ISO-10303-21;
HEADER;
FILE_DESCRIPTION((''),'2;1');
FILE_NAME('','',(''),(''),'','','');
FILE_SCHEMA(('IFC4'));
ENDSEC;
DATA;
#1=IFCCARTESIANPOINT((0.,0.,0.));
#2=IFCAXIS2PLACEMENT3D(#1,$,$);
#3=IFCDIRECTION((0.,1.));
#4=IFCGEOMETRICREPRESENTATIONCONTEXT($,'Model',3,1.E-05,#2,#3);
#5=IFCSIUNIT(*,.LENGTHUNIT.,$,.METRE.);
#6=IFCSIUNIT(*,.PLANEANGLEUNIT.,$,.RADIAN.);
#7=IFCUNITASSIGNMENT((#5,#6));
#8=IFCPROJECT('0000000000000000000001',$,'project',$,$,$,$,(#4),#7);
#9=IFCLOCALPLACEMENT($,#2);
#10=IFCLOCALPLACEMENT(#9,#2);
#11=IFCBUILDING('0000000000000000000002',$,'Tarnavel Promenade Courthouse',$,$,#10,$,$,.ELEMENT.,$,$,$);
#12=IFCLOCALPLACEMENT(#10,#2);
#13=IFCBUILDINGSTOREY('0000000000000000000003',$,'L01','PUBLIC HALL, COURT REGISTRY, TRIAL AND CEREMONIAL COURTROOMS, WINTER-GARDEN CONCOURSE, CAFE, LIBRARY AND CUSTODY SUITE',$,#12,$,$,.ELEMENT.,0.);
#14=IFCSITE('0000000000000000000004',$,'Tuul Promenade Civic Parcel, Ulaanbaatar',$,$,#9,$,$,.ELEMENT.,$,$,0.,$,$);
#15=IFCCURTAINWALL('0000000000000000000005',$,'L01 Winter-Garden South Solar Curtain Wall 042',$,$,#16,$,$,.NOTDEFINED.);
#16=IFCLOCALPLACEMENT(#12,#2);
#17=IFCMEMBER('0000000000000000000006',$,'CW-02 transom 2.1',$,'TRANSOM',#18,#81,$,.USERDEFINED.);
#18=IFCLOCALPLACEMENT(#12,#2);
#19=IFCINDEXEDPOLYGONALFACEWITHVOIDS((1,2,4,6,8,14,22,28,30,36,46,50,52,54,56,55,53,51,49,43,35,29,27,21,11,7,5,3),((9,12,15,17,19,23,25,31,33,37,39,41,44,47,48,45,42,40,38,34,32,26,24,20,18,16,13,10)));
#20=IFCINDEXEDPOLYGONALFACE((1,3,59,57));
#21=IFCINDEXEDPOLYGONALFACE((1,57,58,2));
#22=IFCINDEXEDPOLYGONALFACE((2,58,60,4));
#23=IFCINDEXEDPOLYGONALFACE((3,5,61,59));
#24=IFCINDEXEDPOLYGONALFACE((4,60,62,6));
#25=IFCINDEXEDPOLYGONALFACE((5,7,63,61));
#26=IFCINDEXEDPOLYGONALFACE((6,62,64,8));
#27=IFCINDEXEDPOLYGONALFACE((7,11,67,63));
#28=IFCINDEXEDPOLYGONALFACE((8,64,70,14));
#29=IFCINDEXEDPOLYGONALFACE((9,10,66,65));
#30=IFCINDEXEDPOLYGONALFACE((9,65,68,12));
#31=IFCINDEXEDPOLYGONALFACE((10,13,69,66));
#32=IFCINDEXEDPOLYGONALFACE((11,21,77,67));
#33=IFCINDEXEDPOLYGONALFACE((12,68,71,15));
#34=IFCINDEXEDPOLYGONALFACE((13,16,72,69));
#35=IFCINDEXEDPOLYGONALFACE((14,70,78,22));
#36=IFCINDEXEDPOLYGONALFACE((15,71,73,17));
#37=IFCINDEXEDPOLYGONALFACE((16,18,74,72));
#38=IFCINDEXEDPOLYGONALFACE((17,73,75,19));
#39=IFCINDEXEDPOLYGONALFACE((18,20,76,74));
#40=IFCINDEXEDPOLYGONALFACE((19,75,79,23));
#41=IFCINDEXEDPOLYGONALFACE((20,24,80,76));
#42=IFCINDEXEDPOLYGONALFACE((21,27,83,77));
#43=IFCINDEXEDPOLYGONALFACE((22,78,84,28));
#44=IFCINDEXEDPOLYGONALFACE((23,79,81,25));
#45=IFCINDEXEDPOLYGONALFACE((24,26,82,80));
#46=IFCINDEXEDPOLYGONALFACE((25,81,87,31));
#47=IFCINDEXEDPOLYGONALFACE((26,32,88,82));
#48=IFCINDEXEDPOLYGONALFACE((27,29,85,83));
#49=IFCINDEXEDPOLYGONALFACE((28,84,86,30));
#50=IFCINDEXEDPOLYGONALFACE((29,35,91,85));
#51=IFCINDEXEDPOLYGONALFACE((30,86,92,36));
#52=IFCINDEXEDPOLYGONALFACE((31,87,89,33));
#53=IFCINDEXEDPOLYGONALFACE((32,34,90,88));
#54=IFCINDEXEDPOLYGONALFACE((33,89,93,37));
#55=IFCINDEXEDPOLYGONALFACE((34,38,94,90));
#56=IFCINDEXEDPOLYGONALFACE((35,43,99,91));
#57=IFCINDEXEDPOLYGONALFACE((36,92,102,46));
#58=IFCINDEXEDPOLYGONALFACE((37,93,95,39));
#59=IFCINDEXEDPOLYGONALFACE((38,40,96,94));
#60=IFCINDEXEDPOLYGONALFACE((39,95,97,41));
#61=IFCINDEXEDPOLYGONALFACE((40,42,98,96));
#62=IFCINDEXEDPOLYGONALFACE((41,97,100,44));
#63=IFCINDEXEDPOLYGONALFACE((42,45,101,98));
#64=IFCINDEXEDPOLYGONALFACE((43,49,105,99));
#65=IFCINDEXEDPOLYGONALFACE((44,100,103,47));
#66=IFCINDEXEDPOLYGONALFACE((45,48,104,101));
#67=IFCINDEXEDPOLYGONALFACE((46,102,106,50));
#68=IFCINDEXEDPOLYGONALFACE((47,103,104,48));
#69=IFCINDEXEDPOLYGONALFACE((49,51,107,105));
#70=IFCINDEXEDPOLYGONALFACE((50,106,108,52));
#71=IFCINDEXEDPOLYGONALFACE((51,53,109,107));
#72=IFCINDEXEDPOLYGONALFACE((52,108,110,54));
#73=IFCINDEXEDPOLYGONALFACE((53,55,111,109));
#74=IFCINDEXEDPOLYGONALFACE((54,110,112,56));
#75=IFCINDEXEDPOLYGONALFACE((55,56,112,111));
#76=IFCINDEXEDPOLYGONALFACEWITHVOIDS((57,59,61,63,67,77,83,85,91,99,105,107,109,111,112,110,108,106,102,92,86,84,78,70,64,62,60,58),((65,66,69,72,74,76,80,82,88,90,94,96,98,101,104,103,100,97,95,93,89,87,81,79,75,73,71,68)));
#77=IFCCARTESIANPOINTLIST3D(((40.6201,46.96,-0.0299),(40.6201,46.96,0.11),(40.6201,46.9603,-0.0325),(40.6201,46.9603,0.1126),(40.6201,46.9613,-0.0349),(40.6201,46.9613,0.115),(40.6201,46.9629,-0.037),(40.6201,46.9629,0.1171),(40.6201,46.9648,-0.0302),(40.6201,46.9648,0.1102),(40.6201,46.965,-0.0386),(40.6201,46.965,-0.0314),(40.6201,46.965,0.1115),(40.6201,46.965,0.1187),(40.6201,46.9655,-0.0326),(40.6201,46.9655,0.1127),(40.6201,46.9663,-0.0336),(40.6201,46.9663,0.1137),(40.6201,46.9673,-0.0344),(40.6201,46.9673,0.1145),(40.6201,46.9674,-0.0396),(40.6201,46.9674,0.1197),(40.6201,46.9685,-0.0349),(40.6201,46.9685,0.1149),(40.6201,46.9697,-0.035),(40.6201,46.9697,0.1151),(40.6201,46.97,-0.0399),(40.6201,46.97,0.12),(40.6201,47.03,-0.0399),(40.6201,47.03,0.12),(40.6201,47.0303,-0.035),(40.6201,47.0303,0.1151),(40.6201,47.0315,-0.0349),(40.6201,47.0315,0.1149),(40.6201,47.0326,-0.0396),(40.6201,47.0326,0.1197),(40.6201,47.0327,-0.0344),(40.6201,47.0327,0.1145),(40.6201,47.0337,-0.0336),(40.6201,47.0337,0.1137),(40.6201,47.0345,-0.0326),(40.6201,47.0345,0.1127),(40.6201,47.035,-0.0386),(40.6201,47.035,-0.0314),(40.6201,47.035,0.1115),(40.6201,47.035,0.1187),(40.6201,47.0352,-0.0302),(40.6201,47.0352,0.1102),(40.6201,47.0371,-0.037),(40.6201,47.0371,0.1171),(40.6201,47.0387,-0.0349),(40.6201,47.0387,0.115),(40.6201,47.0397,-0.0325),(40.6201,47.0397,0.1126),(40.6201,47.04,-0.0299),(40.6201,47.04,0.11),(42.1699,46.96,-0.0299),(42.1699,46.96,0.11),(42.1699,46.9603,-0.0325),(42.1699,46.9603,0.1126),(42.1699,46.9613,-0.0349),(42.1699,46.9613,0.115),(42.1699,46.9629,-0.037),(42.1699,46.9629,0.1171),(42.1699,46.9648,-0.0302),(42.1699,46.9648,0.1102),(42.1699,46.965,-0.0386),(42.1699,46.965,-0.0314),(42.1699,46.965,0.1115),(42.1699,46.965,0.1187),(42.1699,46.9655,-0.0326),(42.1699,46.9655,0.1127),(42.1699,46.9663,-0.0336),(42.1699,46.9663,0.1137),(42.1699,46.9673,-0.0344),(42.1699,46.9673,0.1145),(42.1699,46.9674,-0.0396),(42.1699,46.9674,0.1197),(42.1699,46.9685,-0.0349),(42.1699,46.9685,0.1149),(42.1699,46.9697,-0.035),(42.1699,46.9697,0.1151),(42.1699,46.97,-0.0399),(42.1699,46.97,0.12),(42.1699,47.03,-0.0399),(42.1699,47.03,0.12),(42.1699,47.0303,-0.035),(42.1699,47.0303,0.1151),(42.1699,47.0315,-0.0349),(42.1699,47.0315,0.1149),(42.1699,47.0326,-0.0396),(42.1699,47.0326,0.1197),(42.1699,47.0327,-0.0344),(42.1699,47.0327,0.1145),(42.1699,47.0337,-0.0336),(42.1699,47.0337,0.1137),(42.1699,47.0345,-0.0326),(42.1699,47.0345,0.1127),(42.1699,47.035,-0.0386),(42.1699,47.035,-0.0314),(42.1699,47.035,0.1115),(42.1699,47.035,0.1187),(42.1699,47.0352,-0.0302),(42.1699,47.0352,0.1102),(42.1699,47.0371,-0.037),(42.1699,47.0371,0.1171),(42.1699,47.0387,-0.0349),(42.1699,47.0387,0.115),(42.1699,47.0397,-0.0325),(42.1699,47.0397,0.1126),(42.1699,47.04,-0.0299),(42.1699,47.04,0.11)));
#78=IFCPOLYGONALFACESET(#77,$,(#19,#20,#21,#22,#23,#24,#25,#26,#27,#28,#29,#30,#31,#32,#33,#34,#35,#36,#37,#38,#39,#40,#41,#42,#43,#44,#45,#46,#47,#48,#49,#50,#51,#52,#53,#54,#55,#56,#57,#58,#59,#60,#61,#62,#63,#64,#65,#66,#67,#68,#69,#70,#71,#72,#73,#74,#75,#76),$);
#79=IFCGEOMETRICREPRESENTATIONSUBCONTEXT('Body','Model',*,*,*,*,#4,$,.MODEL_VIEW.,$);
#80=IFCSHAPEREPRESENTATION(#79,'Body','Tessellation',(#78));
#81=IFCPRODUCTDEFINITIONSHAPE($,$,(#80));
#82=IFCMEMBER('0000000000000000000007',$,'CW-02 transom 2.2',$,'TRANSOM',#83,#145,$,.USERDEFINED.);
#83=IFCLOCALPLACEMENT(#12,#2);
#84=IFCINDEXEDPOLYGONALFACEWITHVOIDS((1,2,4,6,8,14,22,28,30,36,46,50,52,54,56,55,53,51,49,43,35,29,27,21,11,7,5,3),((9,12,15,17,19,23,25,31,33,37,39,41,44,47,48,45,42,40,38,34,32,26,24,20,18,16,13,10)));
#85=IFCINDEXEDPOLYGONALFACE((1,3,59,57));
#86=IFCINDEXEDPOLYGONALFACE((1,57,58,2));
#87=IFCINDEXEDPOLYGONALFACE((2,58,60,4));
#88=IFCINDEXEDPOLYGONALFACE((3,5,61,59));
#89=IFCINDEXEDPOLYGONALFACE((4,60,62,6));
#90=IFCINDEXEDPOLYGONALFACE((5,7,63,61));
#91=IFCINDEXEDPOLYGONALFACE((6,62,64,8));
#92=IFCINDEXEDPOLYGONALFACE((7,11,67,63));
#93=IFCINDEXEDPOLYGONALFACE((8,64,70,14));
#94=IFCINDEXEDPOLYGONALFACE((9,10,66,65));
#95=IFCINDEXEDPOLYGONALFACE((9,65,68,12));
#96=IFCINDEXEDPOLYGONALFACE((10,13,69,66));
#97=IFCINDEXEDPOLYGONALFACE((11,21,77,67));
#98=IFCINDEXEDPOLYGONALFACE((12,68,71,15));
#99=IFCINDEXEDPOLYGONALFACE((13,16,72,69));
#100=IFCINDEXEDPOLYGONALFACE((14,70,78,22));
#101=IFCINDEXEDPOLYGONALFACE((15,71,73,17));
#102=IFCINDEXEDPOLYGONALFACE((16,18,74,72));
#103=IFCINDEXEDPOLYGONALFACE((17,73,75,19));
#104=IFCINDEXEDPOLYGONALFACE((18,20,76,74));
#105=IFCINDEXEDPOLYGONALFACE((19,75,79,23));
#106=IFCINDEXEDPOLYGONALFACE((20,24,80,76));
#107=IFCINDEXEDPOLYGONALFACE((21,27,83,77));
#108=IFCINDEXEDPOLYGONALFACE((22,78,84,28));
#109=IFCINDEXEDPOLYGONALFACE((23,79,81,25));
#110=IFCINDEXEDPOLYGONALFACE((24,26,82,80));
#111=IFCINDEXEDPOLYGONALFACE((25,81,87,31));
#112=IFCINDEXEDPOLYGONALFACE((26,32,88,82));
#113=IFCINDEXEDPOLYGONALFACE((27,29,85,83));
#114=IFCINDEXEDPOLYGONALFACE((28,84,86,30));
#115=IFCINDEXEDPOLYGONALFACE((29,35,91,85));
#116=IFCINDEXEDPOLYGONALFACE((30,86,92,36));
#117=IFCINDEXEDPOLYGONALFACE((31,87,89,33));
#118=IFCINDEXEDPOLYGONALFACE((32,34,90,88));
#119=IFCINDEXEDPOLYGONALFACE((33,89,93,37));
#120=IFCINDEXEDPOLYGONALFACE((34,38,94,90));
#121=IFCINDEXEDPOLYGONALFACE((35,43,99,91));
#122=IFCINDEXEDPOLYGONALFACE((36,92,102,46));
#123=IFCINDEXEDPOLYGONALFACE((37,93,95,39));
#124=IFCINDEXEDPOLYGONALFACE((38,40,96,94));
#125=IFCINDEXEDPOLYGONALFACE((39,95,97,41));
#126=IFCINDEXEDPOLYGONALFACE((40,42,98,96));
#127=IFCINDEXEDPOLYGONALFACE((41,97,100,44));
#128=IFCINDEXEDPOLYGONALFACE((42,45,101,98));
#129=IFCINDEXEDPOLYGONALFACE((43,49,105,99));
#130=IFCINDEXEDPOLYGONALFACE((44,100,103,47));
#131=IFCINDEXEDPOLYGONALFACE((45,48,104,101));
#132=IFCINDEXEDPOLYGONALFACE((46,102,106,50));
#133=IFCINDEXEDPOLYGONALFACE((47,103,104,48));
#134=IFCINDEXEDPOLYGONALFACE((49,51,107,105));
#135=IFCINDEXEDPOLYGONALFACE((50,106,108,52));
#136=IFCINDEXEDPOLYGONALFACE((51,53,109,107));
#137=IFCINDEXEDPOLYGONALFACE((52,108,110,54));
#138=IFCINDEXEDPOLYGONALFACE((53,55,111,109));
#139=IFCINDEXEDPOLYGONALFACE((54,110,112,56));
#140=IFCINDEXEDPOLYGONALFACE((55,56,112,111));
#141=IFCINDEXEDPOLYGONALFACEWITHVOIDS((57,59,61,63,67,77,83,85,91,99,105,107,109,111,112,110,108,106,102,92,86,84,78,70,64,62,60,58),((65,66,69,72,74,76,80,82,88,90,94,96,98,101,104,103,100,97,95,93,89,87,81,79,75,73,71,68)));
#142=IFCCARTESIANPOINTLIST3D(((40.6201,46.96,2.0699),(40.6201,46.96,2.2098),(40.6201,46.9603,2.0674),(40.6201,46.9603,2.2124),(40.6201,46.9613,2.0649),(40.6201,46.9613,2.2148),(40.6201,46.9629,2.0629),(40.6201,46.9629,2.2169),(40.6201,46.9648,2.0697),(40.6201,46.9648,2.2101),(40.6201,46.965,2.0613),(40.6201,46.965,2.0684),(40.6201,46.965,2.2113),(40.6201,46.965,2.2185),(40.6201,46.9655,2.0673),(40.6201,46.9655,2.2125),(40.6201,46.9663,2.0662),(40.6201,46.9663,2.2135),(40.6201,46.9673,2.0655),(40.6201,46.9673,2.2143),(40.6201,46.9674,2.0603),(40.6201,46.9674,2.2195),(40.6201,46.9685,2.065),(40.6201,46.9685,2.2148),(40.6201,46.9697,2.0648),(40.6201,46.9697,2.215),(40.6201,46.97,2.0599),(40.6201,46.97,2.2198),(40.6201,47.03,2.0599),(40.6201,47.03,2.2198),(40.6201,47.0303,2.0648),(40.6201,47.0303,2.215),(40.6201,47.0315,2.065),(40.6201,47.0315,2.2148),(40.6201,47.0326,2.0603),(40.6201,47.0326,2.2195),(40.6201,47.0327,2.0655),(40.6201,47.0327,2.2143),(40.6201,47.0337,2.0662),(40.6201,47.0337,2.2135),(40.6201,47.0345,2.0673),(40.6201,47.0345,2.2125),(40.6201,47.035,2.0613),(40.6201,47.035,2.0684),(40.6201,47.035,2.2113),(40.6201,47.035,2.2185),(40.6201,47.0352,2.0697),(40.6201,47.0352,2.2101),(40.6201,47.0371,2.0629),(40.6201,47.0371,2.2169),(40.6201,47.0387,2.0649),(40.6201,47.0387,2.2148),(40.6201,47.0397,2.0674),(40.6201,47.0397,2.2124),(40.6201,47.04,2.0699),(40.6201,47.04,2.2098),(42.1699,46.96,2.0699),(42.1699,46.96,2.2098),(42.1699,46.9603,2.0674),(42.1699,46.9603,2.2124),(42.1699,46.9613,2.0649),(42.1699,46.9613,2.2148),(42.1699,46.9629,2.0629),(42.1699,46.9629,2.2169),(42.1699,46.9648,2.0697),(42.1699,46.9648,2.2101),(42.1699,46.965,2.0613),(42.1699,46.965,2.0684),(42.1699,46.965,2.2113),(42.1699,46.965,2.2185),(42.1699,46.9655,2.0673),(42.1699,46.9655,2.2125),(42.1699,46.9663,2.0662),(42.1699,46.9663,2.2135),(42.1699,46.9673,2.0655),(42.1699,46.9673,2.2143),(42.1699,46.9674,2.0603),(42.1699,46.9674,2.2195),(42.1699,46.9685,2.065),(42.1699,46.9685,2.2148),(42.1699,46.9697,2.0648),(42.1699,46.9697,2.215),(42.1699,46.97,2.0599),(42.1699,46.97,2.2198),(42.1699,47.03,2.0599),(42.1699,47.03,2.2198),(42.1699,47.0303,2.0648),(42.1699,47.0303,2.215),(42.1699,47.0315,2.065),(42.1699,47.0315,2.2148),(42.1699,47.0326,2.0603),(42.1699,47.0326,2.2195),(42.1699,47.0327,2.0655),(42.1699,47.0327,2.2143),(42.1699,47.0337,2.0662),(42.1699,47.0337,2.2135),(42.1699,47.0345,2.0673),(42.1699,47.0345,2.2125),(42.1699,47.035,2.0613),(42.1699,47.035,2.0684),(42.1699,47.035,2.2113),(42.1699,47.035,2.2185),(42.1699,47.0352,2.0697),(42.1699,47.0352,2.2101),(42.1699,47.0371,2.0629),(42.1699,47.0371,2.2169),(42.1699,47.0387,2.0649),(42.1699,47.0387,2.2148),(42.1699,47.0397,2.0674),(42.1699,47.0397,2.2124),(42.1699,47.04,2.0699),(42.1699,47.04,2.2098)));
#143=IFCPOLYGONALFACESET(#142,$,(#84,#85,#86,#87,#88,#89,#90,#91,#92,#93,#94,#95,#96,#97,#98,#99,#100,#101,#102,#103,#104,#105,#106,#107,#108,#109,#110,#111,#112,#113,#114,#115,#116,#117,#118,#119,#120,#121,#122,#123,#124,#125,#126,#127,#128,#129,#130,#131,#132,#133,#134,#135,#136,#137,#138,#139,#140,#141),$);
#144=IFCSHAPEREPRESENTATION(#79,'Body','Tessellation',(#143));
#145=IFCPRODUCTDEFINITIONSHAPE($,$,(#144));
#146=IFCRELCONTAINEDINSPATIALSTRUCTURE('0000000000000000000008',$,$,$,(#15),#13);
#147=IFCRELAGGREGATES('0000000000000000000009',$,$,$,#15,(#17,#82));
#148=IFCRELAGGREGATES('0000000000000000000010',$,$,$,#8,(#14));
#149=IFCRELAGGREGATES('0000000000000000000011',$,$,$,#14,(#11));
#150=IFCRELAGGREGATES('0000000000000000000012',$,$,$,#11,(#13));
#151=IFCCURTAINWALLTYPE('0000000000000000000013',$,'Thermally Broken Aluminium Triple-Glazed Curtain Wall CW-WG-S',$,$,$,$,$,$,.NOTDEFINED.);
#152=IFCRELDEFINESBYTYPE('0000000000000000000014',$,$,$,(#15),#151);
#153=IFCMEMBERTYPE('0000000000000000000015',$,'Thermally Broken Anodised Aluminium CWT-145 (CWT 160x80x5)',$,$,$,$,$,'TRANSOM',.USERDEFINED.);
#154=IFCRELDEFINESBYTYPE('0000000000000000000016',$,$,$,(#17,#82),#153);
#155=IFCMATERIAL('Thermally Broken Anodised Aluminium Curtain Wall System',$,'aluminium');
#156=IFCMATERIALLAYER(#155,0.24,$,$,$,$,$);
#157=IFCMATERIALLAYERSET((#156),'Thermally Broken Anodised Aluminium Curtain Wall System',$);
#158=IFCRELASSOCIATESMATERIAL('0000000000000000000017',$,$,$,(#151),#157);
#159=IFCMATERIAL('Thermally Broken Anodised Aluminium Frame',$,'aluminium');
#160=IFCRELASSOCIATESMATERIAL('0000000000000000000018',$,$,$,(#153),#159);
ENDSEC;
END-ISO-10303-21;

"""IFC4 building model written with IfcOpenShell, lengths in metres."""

from ifc_helpers import new_model, si_unit, direction, frame, origin, origin_2d, place, context, subcontext, project, spatial, hollow_rectangle, extrude, material, layer, layer_set, material_profile, profile_set, type_object, element, aggregate, save


model = new_model("IFC4")

# Units and contexts
model_context = context("Model", 3, precision=1e-05, world=origin(), true_north=direction((0.0, 1.0)))
body_context = subcontext(model_context, "Body", "Model", "MODEL_VIEW")
ifc_project = project(units=[si_unit("LENGTHUNIT", "METRE"), si_unit("PLANEANGLEUNIT", "RADIAN")], contexts=[model_context])

# Site, building, storey
site_placement = place(None, origin())
site = spatial("IfcSite", under=ifc_project, at=site_placement, Name="Tuul Promenade Civic Parcel, Ulaanbaatar", CompositionType="ELEMENT", RefElevation=0.0)
building_placement = place(site_placement, origin())
building = spatial("IfcBuilding", under=site, at=building_placement, Name="Tarnavel Promenade Courthouse", CompositionType="ELEMENT")
storey_placement = place(building_placement, origin())
storey = spatial("IfcBuildingStorey", under=building, at=storey_placement, Name="L01", Description="PUBLIC HALL, COURT REGISTRY, TRIAL AND CEREMONIAL COURTROOMS, WINTER-GARDEN CONCOURSE, CAFE, LIBRARY AND CUSTODY SUITE", CompositionType="ELEMENT", Elevation=0.0)

# Curtain wall
ifc_material_1 = material(Name="Thermally Broken Anodised Aluminium Curtain Wall System", Category="aluminium")
ifc_layer_1 = layer(ifc_material_1, 0.24)
ifc_layer_set_1 = layer_set([ifc_layer_1], Name="Thermally Broken Anodised Aluminium Curtain Wall System")
curtain_wall_type = type_object("IfcCurtainWallType", Name="Thermally Broken Aluminium Triple-Glazed Curtain Wall CW-WG-S", PredefinedType="NOTDEFINED", material=ifc_layer_set_1)
curtain_wall_1_placement = place(storey_placement, origin())
curtain_wall_1 = element("IfcCurtainWall", 1, at=curtain_wall_1_placement, inside=storey, type_object=curtain_wall_type, Name="L01 Winter-Garden South Solar Curtain Wall 042", PredefinedType="NOTDEFINED")
ifc_material_2 = material(Name="Thermally Broken Anodised Aluminium Frame", Category="aluminium")

# Members
ifc_material_profile_1 = material_profile(ifc_material_2, hollow_rectangle(XDim=0.0801, YDim=0.1599, WallThickness=0.0049, InnerFilletRadius=0.0049, OuterFilletRadius=0.01, at=origin_2d()), Name="CWT 160x80x5")
ifc_profile_set_1 = profile_set([ifc_material_profile_1], Name="Thermally Broken Anodised Aluminium Frame")
member_type_1 = type_object("IfcMemberType", Name="Thermally Broken Anodised Aluminium CWT-145 (CWT 160x80x5)", ElementType="TRANSOM", PredefinedType="USERDEFINED", material=ifc_profile_set_1)
member_1_placement = place(storey_placement, frame((40.6201, 47.0, 0.04), z_axis=(1.0, 0.0, 0.0), x_axis=(0.0, 1.0, 0.0)))
member_1 = element("IfcMember", 2, at=member_1_placement, type_object=member_type_1, Name="CW-02 transom 2.1", ObjectType="TRANSOM", PredefinedType="USERDEFINED", context=body_context, shape_type="SweptSolid", body=[
    extrude(hollow_rectangle(XDim=0.0801, YDim=0.1599, WallThickness=0.0049, InnerFilletRadius=0.0049, OuterFilletRadius=0.01, at=origin_2d()), origin(), (0.0, 0.0, 1.0), 1.5498),
])
member_2_placement = place(storey_placement, frame((40.6201, 47.0, 2.1399), z_axis=(1.0, 0.0, 0.0), x_axis=(0.0, 1.0, 0.0)))
member_2 = element("IfcMember", 3, at=member_2_placement, type_object=member_type_1, Name="CW-02 transom 2.2", ObjectType="TRANSOM", PredefinedType="USERDEFINED", context=body_context, shape_type="SweptSolid", body=[
    extrude(hollow_rectangle(XDim=0.0801, YDim=0.1599, WallThickness=0.0049, InnerFilletRadius=0.0049, OuterFilletRadius=0.01, at=origin_2d()), origin(), (0.0, 0.0, 1.0), 1.5498),
])

aggregate(curtain_wall_1, [member_1, member_2])

save(model, "model.ifc")
